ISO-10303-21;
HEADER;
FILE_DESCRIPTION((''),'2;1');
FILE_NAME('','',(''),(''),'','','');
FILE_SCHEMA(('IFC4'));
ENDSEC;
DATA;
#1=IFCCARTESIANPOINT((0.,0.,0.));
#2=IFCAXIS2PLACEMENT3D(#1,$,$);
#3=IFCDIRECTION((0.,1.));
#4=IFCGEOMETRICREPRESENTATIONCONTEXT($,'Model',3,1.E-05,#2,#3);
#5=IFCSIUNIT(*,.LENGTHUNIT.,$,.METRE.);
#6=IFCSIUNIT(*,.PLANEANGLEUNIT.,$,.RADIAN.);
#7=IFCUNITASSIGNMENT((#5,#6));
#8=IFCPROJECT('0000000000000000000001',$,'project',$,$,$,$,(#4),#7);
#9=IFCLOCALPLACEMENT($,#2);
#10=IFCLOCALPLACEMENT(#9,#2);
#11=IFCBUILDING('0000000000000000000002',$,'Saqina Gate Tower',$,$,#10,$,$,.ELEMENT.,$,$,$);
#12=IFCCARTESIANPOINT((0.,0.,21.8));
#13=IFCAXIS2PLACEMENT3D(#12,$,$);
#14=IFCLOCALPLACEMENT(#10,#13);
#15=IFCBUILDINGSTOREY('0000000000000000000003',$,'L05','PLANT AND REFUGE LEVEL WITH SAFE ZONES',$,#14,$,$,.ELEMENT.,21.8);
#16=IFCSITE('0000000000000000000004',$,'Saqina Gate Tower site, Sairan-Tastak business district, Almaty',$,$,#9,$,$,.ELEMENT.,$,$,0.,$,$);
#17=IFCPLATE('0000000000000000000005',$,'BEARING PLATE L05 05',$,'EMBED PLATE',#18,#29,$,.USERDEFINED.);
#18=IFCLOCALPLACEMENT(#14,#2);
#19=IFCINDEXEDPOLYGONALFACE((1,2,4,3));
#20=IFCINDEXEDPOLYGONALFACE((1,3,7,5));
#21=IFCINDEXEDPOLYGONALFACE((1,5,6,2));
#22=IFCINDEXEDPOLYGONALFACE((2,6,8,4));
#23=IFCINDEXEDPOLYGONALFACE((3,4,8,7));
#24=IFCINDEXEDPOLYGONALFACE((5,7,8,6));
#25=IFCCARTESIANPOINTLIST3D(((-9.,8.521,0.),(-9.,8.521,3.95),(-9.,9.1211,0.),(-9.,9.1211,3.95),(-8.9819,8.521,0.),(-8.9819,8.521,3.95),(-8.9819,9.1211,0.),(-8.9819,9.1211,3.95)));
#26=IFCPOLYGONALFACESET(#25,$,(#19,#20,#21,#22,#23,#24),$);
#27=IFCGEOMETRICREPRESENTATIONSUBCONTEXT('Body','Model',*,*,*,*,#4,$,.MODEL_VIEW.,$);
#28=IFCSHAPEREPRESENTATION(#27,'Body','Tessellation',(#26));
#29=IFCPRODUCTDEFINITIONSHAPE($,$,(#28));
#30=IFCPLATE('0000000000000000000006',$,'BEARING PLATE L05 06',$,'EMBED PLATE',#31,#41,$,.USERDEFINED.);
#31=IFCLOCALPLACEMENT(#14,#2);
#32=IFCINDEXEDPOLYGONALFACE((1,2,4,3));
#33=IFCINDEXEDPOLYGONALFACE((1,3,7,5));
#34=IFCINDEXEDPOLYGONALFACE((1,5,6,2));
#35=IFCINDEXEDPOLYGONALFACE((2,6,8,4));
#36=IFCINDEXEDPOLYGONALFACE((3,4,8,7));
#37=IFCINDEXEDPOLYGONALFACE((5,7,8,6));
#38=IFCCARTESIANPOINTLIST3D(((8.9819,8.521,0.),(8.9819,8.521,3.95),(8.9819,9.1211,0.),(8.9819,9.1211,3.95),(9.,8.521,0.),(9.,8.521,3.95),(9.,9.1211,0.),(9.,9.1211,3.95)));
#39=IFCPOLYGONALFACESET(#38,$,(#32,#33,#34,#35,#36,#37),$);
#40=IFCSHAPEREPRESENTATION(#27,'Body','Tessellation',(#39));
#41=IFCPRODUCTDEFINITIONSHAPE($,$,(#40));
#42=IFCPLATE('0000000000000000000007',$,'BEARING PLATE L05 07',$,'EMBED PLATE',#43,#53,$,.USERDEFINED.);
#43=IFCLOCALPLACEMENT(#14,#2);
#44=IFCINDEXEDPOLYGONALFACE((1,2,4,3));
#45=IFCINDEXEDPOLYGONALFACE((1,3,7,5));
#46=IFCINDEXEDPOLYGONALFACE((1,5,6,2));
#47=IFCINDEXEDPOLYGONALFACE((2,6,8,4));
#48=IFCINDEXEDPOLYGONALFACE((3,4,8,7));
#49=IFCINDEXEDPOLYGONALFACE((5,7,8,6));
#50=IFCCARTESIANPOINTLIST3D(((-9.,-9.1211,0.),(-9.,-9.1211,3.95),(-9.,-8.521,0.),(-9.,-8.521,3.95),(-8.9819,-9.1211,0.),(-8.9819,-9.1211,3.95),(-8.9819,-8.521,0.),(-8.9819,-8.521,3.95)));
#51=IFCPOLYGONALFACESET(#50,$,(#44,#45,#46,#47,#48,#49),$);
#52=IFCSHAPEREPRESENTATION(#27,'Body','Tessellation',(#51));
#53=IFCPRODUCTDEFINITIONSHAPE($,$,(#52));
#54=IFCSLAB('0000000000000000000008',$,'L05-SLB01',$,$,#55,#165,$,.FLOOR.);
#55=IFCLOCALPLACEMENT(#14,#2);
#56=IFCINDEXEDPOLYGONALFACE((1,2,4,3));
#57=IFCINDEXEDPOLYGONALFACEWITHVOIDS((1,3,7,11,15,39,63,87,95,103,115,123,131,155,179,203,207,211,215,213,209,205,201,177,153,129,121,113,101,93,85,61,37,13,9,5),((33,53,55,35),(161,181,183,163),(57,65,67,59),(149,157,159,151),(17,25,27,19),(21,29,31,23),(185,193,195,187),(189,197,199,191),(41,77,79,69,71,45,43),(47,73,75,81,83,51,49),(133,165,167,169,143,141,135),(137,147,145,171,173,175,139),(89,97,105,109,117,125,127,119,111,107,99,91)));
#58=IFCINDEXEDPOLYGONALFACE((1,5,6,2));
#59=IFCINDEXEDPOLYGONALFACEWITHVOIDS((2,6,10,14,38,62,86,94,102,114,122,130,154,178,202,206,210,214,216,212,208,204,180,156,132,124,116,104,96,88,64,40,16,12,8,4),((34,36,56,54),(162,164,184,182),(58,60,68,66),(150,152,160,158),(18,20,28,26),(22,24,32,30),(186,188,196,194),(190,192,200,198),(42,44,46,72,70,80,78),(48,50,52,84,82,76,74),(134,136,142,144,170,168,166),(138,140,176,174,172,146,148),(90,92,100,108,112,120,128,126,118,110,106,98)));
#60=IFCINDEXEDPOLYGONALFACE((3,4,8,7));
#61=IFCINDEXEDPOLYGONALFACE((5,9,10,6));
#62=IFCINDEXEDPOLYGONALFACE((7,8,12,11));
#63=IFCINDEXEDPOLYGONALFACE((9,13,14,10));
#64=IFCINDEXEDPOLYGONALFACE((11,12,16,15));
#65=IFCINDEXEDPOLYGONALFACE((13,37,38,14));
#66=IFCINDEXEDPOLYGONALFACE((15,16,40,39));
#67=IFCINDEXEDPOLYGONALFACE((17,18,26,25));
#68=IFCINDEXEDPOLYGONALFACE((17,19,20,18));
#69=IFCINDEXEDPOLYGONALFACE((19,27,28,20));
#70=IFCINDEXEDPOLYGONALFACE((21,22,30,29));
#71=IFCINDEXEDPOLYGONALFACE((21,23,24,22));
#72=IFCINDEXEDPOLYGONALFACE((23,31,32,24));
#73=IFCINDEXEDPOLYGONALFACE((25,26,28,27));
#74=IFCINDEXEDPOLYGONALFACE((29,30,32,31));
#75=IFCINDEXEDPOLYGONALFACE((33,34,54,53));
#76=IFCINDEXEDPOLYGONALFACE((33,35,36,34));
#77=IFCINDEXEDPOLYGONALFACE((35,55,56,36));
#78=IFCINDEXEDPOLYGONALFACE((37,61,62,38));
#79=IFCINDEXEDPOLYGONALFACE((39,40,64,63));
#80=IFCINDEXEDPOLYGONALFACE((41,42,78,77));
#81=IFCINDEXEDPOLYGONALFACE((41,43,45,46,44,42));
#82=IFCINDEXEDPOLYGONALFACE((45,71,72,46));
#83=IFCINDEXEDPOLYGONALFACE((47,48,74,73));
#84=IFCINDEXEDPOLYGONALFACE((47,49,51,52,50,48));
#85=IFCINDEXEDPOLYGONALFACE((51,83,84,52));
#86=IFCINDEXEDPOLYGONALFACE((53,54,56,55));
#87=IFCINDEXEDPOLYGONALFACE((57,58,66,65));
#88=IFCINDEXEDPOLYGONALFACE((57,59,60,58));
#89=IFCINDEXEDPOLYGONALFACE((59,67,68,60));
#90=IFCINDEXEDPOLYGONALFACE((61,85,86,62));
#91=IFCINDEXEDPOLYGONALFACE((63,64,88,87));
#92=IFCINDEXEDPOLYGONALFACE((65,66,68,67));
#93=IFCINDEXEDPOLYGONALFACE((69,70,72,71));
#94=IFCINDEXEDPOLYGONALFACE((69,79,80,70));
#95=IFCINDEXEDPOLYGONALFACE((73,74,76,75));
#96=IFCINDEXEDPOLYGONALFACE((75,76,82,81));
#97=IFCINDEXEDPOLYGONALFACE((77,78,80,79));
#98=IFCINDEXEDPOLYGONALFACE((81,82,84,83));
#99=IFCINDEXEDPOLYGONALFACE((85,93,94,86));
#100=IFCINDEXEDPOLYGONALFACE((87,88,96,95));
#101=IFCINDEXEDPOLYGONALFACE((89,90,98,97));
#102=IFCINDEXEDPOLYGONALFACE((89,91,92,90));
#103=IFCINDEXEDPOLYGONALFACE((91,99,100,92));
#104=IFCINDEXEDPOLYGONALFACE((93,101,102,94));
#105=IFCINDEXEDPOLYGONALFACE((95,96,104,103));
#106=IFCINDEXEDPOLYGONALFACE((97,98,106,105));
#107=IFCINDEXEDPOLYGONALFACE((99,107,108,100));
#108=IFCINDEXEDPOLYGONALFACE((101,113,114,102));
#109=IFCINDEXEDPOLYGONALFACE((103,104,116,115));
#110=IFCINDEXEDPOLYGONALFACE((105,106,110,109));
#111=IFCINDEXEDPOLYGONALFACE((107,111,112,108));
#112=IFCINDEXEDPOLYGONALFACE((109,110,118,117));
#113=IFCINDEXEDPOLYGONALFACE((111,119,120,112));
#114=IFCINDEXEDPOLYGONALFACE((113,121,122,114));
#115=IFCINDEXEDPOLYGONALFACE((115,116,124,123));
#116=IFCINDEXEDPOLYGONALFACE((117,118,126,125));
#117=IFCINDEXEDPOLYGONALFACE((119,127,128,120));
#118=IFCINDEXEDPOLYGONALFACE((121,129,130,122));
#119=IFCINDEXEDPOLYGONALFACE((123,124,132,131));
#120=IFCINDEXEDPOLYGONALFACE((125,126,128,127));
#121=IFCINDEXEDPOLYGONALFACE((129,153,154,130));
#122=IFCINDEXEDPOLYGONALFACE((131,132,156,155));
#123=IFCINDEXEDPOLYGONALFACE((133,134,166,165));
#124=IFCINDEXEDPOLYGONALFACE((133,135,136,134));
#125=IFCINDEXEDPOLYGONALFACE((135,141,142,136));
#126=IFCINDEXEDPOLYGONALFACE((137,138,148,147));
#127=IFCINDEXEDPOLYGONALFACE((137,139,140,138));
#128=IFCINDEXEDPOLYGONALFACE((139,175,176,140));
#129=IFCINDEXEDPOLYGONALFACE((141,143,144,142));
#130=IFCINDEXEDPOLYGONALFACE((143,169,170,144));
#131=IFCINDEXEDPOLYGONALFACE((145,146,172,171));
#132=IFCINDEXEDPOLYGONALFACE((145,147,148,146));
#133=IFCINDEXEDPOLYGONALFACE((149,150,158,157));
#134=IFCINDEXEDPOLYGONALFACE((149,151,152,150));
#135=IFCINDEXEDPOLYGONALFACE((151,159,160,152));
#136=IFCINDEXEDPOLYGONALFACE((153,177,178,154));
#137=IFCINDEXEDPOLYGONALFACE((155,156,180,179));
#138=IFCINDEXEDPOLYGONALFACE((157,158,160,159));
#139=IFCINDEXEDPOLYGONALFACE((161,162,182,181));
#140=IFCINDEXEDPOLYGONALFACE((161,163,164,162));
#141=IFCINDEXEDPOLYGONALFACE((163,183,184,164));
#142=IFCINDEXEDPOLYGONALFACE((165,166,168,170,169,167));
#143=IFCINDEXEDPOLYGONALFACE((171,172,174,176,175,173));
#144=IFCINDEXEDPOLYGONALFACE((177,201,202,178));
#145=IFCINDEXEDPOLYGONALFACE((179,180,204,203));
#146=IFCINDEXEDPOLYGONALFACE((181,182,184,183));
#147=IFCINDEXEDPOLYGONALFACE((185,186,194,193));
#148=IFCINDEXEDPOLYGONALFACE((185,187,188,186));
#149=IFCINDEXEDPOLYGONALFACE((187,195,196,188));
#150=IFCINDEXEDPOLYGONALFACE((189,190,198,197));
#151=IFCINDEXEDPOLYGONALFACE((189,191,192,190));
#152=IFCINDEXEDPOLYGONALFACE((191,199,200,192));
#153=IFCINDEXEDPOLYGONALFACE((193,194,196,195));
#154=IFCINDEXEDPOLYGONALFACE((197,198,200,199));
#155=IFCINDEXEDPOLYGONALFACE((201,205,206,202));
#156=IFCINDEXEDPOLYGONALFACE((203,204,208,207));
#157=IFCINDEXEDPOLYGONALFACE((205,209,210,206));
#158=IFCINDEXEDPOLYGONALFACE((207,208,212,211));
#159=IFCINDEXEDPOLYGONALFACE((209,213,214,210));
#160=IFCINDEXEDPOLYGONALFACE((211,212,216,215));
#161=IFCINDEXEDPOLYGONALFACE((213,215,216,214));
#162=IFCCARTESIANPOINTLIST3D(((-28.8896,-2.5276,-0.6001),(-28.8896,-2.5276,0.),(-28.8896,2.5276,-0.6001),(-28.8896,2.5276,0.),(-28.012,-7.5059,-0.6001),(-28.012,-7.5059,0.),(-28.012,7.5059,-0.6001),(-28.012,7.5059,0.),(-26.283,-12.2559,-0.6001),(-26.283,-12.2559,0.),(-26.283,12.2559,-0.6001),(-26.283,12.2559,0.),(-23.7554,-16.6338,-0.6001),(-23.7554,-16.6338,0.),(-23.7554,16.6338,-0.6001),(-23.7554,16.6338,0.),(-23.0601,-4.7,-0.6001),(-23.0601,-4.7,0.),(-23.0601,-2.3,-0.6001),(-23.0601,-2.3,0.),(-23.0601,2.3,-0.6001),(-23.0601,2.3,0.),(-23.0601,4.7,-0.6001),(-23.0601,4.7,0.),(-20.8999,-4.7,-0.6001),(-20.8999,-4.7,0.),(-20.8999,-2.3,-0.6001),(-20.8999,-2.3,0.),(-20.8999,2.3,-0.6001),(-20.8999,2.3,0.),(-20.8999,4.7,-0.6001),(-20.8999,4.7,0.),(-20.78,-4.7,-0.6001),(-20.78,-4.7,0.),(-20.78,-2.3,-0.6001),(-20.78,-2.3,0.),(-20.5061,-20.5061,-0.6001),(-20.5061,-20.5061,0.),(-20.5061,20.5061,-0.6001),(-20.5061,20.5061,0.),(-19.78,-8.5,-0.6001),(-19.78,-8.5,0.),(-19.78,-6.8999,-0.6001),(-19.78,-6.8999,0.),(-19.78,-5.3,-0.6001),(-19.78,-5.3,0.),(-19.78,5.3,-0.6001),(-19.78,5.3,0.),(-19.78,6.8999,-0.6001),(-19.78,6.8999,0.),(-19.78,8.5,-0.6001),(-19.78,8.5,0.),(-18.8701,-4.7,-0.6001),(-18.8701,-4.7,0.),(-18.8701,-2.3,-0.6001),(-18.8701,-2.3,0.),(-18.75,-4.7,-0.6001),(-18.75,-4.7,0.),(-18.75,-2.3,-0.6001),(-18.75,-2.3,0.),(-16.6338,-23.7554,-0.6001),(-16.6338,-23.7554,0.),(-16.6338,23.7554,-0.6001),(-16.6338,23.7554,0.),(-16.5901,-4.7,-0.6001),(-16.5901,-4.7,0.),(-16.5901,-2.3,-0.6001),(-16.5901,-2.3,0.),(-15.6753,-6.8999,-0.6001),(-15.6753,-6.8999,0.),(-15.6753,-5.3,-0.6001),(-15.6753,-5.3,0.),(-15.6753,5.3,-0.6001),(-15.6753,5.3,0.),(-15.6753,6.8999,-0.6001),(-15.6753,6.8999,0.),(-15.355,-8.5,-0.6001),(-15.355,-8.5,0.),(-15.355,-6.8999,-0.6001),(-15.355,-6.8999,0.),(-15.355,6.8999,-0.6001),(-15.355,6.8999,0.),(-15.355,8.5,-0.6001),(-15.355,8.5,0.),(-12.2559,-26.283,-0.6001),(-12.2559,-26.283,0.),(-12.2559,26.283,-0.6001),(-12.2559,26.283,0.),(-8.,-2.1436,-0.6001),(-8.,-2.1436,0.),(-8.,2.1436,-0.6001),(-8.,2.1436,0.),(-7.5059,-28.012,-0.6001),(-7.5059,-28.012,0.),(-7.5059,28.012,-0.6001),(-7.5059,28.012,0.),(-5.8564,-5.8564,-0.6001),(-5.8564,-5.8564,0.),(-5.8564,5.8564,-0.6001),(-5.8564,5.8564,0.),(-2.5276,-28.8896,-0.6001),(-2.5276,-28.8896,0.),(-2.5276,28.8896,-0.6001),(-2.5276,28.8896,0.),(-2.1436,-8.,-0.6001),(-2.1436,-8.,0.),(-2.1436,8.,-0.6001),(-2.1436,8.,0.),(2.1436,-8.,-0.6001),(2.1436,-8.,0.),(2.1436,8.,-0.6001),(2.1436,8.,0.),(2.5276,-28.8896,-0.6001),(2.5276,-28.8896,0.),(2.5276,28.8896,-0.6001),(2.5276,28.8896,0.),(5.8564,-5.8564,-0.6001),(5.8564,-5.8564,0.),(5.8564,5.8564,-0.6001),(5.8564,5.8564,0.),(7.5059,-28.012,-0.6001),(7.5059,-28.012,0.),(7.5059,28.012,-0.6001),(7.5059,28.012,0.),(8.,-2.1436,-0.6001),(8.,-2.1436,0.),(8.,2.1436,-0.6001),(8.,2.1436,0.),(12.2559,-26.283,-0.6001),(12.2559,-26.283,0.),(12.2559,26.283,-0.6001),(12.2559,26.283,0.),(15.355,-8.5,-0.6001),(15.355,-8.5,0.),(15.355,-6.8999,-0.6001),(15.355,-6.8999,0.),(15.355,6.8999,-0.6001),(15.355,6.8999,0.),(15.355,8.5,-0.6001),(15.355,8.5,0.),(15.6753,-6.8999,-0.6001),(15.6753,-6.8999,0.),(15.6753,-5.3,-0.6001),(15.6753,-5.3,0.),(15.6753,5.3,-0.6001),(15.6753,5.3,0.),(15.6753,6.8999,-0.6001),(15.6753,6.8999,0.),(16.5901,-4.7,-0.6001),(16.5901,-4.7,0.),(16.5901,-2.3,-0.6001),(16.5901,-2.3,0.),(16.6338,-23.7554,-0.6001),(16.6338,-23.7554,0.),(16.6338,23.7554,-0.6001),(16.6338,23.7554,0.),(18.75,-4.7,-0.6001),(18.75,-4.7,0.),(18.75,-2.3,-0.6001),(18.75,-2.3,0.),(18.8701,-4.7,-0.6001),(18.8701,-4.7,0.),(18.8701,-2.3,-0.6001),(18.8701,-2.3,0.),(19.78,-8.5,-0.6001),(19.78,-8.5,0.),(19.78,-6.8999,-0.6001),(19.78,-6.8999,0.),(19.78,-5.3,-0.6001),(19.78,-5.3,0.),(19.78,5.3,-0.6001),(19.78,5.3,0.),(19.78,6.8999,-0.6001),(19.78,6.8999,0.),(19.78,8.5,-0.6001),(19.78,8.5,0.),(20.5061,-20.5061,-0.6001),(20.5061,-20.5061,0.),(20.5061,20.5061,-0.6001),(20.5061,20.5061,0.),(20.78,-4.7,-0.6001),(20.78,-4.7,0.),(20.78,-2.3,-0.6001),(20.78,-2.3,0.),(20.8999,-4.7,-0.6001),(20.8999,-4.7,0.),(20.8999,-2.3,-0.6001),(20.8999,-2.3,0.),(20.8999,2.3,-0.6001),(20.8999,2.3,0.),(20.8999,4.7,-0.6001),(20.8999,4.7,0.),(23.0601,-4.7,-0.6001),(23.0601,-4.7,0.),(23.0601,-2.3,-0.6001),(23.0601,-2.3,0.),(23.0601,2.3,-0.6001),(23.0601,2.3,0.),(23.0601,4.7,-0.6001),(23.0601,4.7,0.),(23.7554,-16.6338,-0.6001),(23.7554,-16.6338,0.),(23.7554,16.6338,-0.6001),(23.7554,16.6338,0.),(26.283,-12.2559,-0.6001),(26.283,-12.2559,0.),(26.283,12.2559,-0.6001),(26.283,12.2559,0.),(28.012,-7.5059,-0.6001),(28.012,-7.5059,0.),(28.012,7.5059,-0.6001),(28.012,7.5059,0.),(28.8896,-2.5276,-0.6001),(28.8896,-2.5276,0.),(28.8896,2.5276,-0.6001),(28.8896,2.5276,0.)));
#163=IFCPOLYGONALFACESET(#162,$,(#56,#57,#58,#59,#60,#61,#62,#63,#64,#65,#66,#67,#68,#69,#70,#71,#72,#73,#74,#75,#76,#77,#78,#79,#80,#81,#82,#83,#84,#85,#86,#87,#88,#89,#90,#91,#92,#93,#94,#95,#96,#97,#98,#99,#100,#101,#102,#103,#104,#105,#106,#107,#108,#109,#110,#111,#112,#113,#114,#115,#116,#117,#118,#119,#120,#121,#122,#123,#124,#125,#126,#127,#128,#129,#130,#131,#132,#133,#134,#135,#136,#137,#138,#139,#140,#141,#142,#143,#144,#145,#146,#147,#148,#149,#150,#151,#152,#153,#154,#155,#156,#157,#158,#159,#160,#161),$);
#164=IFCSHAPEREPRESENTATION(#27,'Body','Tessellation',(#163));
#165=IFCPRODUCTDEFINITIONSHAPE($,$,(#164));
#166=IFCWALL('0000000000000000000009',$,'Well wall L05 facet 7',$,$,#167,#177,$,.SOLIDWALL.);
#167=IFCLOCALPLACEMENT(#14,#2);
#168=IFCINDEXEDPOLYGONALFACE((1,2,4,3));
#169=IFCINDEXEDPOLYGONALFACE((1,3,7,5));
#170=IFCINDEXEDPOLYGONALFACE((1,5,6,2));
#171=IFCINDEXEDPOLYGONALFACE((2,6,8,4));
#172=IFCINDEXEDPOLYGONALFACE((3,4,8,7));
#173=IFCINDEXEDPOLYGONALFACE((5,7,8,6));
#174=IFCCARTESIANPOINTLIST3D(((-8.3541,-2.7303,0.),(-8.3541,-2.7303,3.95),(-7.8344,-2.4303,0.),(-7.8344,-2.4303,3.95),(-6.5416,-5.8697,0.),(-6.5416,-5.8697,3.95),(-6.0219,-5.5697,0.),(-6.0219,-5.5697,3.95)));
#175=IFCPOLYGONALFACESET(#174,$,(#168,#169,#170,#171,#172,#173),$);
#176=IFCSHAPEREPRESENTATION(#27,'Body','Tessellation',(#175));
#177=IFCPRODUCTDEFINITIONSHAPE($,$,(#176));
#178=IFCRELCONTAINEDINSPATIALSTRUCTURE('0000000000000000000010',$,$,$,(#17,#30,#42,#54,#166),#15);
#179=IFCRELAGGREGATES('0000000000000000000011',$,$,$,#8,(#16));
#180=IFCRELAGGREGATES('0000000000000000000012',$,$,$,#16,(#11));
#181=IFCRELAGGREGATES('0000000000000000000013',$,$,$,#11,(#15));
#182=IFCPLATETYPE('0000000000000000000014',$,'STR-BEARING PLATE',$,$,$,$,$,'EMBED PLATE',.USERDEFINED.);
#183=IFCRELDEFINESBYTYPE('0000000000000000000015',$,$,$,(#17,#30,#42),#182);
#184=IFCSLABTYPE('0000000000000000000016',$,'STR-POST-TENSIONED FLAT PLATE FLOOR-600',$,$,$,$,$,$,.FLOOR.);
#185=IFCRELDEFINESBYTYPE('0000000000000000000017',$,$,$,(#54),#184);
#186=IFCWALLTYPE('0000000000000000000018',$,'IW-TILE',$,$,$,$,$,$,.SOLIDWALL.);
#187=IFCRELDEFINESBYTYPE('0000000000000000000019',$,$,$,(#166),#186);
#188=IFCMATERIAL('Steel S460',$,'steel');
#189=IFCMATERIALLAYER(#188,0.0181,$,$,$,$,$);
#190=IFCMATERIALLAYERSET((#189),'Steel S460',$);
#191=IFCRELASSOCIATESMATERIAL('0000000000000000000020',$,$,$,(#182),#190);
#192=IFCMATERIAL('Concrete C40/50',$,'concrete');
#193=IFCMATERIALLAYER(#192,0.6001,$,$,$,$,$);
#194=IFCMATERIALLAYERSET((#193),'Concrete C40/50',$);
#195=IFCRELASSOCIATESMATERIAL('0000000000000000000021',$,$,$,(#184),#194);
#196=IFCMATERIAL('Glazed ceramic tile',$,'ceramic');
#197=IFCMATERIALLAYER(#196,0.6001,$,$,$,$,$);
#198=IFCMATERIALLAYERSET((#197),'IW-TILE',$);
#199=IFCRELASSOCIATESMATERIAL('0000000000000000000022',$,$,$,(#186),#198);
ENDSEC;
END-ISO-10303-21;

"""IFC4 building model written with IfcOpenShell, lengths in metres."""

from ifc_helpers import new_model, si_unit, direction, frame, frame_2d, origin, place, context, subcontext, project, spatial, polyline, rectangle, outline, extrude, material, layer, layer_set, type_object, element, save


model = new_model("IFC4")

# Units and contexts
model_context = context("Model", 3, precision=1e-05, world=origin(), true_north=direction((0.0, 1.0)))
body_context = subcontext(model_context, "Body", "Model", "MODEL_VIEW")
ifc_project = project(units=[si_unit("LENGTHUNIT", "METRE"), si_unit("PLANEANGLEUNIT", "RADIAN")], contexts=[model_context])

# Site, building, storey
site_placement = place(None, origin())
site = spatial("IfcSite", under=ifc_project, at=site_placement, Name="Saqina Gate Tower site, Sairan-Tastak business district, Almaty", CompositionType="ELEMENT", RefElevation=0.0)
building_placement = place(site_placement, origin())
building = spatial("IfcBuilding", under=site, at=building_placement, Name="Saqina Gate Tower", CompositionType="ELEMENT")
storey_placement = place(building_placement, frame((0.0, 0.0, 21.8)))
storey = spatial("IfcBuildingStorey", under=building, at=storey_placement, Name="L05", Description="PLANT AND REFUGE LEVEL WITH SAFE ZONES", CompositionType="ELEMENT", Elevation=21.8)

# Plates
ifc_material_1 = material(Name="Steel S460", Category="steel")
ifc_layer_1 = layer(ifc_material_1, 0.0181)
ifc_layer_set_1 = layer_set([ifc_layer_1], Name="Steel S460")
plate_type = type_object("IfcPlateType", Name="STR-BEARING PLATE", ElementType="EMBED PLATE", PredefinedType="USERDEFINED", material=ifc_layer_set_1)
plate_1_placement = place(storey_placement, origin())
element("IfcPlate", 1, at=plate_1_placement, inside=storey, type_object=plate_type, Name="BEARING PLATE L05 05", ObjectType="EMBED PLATE", PredefinedType="USERDEFINED", context=body_context, shape_type="SweptSolid", body=[
    extrude(outline(polyline([(-8.9819, 8.521), (-8.9819, 9.1211), (-9.0, 9.1211), (-9.0, 8.521), (-8.9819, 8.521)])), origin(), (0.0, 0.0, 1.0), 3.95),
])
plate_2_placement = place(storey_placement, origin())
element("IfcPlate", 2, at=plate_2_placement, inside=storey, type_object=plate_type, Name="BEARING PLATE L05 06", ObjectType="EMBED PLATE", PredefinedType="USERDEFINED", context=body_context, shape_type="SweptSolid", body=[
    extrude(outline(polyline([(9.0, 8.521), (9.0, 9.1211), (8.9819, 9.1211), (8.9819, 8.521), (9.0, 8.521)])), origin(), (0.0, 0.0, 1.0), 3.95),
])
plate_3_placement = place(storey_placement, origin())
element("IfcPlate", 3, at=plate_3_placement, inside=storey, type_object=plate_type, Name="BEARING PLATE L05 07", ObjectType="EMBED PLATE", PredefinedType="USERDEFINED", context=body_context, shape_type="SweptSolid", body=[
    extrude(outline(polyline([(-8.9819, -9.1211), (-8.9819, -8.521), (-9.0, -8.521), (-9.0, -9.1211), (-8.9819, -9.1211)])), origin(), (0.0, 0.0, 1.0), 3.95),
])

# Slab
ifc_material_2 = material(Name="Concrete C40/50", Category="concrete")
ifc_layer_2 = layer(ifc_material_2, 0.6001)
ifc_layer_set_2 = layer_set([ifc_layer_2], Name="Concrete C40/50")
slab_type = type_object("IfcSlabType", Name="STR-POST-TENSIONED FLAT PLATE FLOOR-600", PredefinedType="FLOOR", material=ifc_layer_set_2)
slab_placement = place(storey_placement, frame((0.0, 0.0, -0.6001)))
element("IfcSlab", 4, at=slab_placement, inside=storey, type_object=slab_type, Name="L05-SLB01", PredefinedType="FLOOR", context=body_context, shape_type="SweptSolid", body=[
    extrude(outline(polyline([(28.012, -7.5059), (28.8896, -2.5276), (28.8896, 2.5276), (28.012, 7.5059), (26.283, 12.2559), (23.7554, 16.6338), (20.5061, 20.5061), (16.6338, 23.7554), (12.2559, 26.283), (7.5059, 28.012), (2.5276, 28.8896), (-2.5276, 28.8896), (-7.5059, 28.012), (-12.2559, 26.283), (-16.6338, 23.7554), (-20.5061, 20.5061), (-23.7554, 16.6338), (-26.283, 12.2559), (-28.012, 7.5059), (-28.8896, 2.5276), (-28.8896, -2.5276), (-28.012, -7.5059), (-26.283, -12.2559), (-23.7554, -16.6338), (-20.5061, -20.5061), (-16.6338, -23.7554), (-12.2559, -26.283), (-7.5059, -28.012), (-2.5276, -28.8896), (2.5276, -28.8896), (7.5059, -28.012), (12.2559, -26.283), (16.6338, -23.7554), (20.5061, -20.5061), (23.7554, -16.6338), (26.283, -12.2559), (28.012, -7.5059)]), holes=[polyline([(2.1436, 8.0), (5.8564, 5.8564), (8.0, 2.1436), (8.0, -2.1436), (5.8564, -5.8564), (2.1436, -8.0), (-2.1436, -8.0), (-5.8564, -5.8564), (-8.0, -2.1436), (-8.0, 2.1436), (-5.8564, 5.8564), (-2.1436, 8.0), (2.1436, 8.0)]), polyline([(-19.78, -8.5), (-19.78, -6.8999), (-19.78, -5.3), (-15.6753, -5.3), (-15.6753, -6.8999), (-15.355, -6.8999), (-15.355, -8.5), (-19.78, -8.5)]), polyline([(-20.8999, -2.3), (-20.8999, -4.7), (-23.0601, -4.7), (-23.0601, -2.3), (-20.8999, -2.3)]), polyline([(-18.8701, -2.3), (-18.8701, -4.7), (-20.78, -4.7), (-20.78, -2.3), (-18.8701, -2.3)]), polyline([(-16.5901, -2.3), (-16.5901, -4.7), (-18.75, -4.7), (-18.75, -2.3), (-16.5901, -2.3)]), polyline([(-20.8999, 4.7), (-20.8999, 2.3), (-23.0601, 2.3), (-23.0601, 4.7), (-20.8999, 4.7)]), polyline([(-19.78, 6.8999), (-19.78, 8.5), (-15.355, 8.5), (-15.355, 6.8999), (-15.6753, 6.8999), (-15.6753, 5.3), (-19.78, 5.3), (-19.78, 6.8999)]), polyline([(15.355, -6.8999), (15.6753, -6.8999), (15.6753, -5.3), (19.78, -5.3), (19.78, -6.8999), (19.78, -8.5), (15.355, -8.5), (15.355, -6.8999)]), polyline([(18.75, -2.3), (18.75, -4.7), (16.5901, -4.7), (16.5901, -2.3), (18.75, -2.3)]), polyline([(20.78, -2.3), (20.78, -4.7), (18.8701, -4.7), (18.8701, -2.3), (20.78, -2.3)]), polyline([(23.0601, -2.3), (23.0601, -4.7), (20.8999, -4.7), (20.8999, -2.3), (23.0601, -2.3)]), polyline([(23.0601, 4.7), (23.0601, 2.3), (20.8999, 2.3), (20.8999, 4.7), (23.0601, 4.7)]), polyline([(15.6753, 6.8999), (15.355, 6.8999), (15.355, 8.5), (19.78, 8.5), (19.78, 6.8999), (19.78, 5.3), (15.6753, 5.3), (15.6753, 6.8999)])]), origin(), (0.0, 0.0, 1.0), 0.6001),
])

# Wall
ifc_material_3 = material(Name="Glazed ceramic tile", Category="ceramic")
ifc_layer_3 = layer(ifc_material_3, 0.6001)
ifc_layer_set_3 = layer_set([ifc_layer_3], Name="IW-TILE")
wall_type_1 = type_object("IfcWallType", Name="IW-TILE", PredefinedType="SOLIDWALL", material=ifc_layer_set_3)
for number, where, z_axis, x_axis, name in (
    (5, (-8.0942, -2.5803, 0.0), (0.0, 0.0, 1.0), (0.499993, -0.86603, 0.0), "Well wall L05 facet 7"),
):
    element("IfcWall", number, at=place(storey_placement, frame(where, z_axis=z_axis, x_axis=x_axis)), inside=storey, type_object=wall_type_1, Name=name, PredefinedType="SOLIDWALL", context=body_context, shape_type="SweptSolid", body=[
        extrude(rectangle(XDim=3.625, YDim=0.6001, at=frame_2d((1.8125, 0.0))), origin(), (0.0, 0.0, 1.0), 3.95),
    ])

save(model, "model.ifc")
